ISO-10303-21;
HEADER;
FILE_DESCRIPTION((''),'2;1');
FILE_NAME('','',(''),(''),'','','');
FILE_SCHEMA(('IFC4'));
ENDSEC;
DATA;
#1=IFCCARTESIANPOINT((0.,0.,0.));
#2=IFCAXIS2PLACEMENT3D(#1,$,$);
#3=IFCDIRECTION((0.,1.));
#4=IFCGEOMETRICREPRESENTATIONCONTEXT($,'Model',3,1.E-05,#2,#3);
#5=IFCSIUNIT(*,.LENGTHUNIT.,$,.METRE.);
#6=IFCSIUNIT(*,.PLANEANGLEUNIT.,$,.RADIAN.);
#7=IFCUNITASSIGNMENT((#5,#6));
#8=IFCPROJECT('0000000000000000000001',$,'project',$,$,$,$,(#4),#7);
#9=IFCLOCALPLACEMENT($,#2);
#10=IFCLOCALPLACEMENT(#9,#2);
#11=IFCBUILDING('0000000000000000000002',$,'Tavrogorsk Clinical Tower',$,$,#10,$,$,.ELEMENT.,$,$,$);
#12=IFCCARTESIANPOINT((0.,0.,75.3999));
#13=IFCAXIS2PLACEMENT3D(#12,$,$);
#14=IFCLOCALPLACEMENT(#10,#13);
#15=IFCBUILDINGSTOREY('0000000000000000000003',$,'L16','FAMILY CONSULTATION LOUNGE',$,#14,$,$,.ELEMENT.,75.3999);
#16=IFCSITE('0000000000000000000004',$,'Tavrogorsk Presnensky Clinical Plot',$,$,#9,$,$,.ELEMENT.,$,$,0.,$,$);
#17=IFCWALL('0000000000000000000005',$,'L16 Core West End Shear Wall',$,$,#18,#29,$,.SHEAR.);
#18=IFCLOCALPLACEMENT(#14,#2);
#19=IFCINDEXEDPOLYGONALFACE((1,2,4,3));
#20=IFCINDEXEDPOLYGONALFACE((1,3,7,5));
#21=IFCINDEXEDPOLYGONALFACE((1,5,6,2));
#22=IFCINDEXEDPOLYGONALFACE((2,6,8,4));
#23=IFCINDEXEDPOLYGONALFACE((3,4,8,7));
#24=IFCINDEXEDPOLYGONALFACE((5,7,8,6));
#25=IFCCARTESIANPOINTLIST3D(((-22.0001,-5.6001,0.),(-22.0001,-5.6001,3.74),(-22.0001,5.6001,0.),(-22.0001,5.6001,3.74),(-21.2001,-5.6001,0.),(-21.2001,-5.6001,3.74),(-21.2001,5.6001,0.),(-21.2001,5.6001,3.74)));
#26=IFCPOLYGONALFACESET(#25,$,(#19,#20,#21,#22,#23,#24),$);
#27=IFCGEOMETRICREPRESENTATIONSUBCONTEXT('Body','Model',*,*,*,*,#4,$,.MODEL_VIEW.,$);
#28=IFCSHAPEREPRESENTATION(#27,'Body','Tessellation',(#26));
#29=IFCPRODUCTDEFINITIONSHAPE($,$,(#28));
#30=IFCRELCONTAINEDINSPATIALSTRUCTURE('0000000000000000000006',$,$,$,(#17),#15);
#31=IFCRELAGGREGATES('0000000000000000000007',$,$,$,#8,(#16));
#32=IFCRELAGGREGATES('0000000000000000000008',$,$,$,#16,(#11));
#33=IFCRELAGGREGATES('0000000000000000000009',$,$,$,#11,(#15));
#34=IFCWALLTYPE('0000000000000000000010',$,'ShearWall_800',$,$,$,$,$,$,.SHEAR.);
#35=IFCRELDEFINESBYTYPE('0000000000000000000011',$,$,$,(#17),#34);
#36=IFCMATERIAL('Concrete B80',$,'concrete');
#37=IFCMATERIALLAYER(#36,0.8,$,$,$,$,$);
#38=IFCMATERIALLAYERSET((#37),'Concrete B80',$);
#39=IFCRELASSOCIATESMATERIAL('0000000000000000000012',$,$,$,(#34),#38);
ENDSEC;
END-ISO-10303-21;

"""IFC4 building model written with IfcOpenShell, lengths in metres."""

from ifc_helpers import new_model, si_unit, direction, frame, frame_2d, origin, place, context, subcontext, project, spatial, rectangle, extrude, material, layer, layer_set, type_object, element, save


model = new_model("IFC4")

# Units and contexts
model_context = context("Model", 3, precision=1e-05, world=origin(), true_north=direction((0.0, 1.0)))
body_context = subcontext(model_context, "Body", "Model", "MODEL_VIEW")
ifc_project = project(units=[si_unit("LENGTHUNIT", "METRE"), si_unit("PLANEANGLEUNIT", "RADIAN")], contexts=[model_context])

# Site, building, storey
site_placement = place(None, origin())
site = spatial("IfcSite", under=ifc_project, at=site_placement, Name="Tavrogorsk Presnensky Clinical Plot", CompositionType="ELEMENT", RefElevation=0.0)
building_placement = place(site_placement, origin())
building = spatial("IfcBuilding", under=site, at=building_placement, Name="Tavrogorsk Clinical Tower", CompositionType="ELEMENT")
storey_placement = place(building_placement, frame((0.0, 0.0, 75.3999)))
storey = spatial("IfcBuildingStorey", under=building, at=storey_placement, Name="L16", Description="FAMILY CONSULTATION LOUNGE", CompositionType="ELEMENT", Elevation=75.3999)

# Wall
ifc_material_1 = material(Name="Concrete B80", Category="concrete")
ifc_layer_1 = layer(ifc_material_1, 0.8)
ifc_layer_set_1 = layer_set([ifc_layer_1], Name="Concrete B80")
wall_type_1 = type_object("IfcWallType", Name="ShearWall_800", PredefinedType="SHEAR", material=ifc_layer_set_1)
wall_1_placement = place(storey_placement, frame((-21.6001, -5.6001, 0.0), z_axis=(0.0, 0.0, 1.0), x_axis=(0.0, 1.0, 0.0)))
element("IfcWall", 1, at=wall_1_placement, inside=storey, type_object=wall_type_1, Name="L16 Core West End Shear Wall", PredefinedType="SHEAR", context=body_context, shape_type="SweptSolid", body=[
    extrude(rectangle(XDim=11.2002, YDim=0.8, at=frame_2d((5.6001, 0.0))), origin(), (0.0, 0.0, 1.0), 3.74),
])

save(model, "model.ifc")
